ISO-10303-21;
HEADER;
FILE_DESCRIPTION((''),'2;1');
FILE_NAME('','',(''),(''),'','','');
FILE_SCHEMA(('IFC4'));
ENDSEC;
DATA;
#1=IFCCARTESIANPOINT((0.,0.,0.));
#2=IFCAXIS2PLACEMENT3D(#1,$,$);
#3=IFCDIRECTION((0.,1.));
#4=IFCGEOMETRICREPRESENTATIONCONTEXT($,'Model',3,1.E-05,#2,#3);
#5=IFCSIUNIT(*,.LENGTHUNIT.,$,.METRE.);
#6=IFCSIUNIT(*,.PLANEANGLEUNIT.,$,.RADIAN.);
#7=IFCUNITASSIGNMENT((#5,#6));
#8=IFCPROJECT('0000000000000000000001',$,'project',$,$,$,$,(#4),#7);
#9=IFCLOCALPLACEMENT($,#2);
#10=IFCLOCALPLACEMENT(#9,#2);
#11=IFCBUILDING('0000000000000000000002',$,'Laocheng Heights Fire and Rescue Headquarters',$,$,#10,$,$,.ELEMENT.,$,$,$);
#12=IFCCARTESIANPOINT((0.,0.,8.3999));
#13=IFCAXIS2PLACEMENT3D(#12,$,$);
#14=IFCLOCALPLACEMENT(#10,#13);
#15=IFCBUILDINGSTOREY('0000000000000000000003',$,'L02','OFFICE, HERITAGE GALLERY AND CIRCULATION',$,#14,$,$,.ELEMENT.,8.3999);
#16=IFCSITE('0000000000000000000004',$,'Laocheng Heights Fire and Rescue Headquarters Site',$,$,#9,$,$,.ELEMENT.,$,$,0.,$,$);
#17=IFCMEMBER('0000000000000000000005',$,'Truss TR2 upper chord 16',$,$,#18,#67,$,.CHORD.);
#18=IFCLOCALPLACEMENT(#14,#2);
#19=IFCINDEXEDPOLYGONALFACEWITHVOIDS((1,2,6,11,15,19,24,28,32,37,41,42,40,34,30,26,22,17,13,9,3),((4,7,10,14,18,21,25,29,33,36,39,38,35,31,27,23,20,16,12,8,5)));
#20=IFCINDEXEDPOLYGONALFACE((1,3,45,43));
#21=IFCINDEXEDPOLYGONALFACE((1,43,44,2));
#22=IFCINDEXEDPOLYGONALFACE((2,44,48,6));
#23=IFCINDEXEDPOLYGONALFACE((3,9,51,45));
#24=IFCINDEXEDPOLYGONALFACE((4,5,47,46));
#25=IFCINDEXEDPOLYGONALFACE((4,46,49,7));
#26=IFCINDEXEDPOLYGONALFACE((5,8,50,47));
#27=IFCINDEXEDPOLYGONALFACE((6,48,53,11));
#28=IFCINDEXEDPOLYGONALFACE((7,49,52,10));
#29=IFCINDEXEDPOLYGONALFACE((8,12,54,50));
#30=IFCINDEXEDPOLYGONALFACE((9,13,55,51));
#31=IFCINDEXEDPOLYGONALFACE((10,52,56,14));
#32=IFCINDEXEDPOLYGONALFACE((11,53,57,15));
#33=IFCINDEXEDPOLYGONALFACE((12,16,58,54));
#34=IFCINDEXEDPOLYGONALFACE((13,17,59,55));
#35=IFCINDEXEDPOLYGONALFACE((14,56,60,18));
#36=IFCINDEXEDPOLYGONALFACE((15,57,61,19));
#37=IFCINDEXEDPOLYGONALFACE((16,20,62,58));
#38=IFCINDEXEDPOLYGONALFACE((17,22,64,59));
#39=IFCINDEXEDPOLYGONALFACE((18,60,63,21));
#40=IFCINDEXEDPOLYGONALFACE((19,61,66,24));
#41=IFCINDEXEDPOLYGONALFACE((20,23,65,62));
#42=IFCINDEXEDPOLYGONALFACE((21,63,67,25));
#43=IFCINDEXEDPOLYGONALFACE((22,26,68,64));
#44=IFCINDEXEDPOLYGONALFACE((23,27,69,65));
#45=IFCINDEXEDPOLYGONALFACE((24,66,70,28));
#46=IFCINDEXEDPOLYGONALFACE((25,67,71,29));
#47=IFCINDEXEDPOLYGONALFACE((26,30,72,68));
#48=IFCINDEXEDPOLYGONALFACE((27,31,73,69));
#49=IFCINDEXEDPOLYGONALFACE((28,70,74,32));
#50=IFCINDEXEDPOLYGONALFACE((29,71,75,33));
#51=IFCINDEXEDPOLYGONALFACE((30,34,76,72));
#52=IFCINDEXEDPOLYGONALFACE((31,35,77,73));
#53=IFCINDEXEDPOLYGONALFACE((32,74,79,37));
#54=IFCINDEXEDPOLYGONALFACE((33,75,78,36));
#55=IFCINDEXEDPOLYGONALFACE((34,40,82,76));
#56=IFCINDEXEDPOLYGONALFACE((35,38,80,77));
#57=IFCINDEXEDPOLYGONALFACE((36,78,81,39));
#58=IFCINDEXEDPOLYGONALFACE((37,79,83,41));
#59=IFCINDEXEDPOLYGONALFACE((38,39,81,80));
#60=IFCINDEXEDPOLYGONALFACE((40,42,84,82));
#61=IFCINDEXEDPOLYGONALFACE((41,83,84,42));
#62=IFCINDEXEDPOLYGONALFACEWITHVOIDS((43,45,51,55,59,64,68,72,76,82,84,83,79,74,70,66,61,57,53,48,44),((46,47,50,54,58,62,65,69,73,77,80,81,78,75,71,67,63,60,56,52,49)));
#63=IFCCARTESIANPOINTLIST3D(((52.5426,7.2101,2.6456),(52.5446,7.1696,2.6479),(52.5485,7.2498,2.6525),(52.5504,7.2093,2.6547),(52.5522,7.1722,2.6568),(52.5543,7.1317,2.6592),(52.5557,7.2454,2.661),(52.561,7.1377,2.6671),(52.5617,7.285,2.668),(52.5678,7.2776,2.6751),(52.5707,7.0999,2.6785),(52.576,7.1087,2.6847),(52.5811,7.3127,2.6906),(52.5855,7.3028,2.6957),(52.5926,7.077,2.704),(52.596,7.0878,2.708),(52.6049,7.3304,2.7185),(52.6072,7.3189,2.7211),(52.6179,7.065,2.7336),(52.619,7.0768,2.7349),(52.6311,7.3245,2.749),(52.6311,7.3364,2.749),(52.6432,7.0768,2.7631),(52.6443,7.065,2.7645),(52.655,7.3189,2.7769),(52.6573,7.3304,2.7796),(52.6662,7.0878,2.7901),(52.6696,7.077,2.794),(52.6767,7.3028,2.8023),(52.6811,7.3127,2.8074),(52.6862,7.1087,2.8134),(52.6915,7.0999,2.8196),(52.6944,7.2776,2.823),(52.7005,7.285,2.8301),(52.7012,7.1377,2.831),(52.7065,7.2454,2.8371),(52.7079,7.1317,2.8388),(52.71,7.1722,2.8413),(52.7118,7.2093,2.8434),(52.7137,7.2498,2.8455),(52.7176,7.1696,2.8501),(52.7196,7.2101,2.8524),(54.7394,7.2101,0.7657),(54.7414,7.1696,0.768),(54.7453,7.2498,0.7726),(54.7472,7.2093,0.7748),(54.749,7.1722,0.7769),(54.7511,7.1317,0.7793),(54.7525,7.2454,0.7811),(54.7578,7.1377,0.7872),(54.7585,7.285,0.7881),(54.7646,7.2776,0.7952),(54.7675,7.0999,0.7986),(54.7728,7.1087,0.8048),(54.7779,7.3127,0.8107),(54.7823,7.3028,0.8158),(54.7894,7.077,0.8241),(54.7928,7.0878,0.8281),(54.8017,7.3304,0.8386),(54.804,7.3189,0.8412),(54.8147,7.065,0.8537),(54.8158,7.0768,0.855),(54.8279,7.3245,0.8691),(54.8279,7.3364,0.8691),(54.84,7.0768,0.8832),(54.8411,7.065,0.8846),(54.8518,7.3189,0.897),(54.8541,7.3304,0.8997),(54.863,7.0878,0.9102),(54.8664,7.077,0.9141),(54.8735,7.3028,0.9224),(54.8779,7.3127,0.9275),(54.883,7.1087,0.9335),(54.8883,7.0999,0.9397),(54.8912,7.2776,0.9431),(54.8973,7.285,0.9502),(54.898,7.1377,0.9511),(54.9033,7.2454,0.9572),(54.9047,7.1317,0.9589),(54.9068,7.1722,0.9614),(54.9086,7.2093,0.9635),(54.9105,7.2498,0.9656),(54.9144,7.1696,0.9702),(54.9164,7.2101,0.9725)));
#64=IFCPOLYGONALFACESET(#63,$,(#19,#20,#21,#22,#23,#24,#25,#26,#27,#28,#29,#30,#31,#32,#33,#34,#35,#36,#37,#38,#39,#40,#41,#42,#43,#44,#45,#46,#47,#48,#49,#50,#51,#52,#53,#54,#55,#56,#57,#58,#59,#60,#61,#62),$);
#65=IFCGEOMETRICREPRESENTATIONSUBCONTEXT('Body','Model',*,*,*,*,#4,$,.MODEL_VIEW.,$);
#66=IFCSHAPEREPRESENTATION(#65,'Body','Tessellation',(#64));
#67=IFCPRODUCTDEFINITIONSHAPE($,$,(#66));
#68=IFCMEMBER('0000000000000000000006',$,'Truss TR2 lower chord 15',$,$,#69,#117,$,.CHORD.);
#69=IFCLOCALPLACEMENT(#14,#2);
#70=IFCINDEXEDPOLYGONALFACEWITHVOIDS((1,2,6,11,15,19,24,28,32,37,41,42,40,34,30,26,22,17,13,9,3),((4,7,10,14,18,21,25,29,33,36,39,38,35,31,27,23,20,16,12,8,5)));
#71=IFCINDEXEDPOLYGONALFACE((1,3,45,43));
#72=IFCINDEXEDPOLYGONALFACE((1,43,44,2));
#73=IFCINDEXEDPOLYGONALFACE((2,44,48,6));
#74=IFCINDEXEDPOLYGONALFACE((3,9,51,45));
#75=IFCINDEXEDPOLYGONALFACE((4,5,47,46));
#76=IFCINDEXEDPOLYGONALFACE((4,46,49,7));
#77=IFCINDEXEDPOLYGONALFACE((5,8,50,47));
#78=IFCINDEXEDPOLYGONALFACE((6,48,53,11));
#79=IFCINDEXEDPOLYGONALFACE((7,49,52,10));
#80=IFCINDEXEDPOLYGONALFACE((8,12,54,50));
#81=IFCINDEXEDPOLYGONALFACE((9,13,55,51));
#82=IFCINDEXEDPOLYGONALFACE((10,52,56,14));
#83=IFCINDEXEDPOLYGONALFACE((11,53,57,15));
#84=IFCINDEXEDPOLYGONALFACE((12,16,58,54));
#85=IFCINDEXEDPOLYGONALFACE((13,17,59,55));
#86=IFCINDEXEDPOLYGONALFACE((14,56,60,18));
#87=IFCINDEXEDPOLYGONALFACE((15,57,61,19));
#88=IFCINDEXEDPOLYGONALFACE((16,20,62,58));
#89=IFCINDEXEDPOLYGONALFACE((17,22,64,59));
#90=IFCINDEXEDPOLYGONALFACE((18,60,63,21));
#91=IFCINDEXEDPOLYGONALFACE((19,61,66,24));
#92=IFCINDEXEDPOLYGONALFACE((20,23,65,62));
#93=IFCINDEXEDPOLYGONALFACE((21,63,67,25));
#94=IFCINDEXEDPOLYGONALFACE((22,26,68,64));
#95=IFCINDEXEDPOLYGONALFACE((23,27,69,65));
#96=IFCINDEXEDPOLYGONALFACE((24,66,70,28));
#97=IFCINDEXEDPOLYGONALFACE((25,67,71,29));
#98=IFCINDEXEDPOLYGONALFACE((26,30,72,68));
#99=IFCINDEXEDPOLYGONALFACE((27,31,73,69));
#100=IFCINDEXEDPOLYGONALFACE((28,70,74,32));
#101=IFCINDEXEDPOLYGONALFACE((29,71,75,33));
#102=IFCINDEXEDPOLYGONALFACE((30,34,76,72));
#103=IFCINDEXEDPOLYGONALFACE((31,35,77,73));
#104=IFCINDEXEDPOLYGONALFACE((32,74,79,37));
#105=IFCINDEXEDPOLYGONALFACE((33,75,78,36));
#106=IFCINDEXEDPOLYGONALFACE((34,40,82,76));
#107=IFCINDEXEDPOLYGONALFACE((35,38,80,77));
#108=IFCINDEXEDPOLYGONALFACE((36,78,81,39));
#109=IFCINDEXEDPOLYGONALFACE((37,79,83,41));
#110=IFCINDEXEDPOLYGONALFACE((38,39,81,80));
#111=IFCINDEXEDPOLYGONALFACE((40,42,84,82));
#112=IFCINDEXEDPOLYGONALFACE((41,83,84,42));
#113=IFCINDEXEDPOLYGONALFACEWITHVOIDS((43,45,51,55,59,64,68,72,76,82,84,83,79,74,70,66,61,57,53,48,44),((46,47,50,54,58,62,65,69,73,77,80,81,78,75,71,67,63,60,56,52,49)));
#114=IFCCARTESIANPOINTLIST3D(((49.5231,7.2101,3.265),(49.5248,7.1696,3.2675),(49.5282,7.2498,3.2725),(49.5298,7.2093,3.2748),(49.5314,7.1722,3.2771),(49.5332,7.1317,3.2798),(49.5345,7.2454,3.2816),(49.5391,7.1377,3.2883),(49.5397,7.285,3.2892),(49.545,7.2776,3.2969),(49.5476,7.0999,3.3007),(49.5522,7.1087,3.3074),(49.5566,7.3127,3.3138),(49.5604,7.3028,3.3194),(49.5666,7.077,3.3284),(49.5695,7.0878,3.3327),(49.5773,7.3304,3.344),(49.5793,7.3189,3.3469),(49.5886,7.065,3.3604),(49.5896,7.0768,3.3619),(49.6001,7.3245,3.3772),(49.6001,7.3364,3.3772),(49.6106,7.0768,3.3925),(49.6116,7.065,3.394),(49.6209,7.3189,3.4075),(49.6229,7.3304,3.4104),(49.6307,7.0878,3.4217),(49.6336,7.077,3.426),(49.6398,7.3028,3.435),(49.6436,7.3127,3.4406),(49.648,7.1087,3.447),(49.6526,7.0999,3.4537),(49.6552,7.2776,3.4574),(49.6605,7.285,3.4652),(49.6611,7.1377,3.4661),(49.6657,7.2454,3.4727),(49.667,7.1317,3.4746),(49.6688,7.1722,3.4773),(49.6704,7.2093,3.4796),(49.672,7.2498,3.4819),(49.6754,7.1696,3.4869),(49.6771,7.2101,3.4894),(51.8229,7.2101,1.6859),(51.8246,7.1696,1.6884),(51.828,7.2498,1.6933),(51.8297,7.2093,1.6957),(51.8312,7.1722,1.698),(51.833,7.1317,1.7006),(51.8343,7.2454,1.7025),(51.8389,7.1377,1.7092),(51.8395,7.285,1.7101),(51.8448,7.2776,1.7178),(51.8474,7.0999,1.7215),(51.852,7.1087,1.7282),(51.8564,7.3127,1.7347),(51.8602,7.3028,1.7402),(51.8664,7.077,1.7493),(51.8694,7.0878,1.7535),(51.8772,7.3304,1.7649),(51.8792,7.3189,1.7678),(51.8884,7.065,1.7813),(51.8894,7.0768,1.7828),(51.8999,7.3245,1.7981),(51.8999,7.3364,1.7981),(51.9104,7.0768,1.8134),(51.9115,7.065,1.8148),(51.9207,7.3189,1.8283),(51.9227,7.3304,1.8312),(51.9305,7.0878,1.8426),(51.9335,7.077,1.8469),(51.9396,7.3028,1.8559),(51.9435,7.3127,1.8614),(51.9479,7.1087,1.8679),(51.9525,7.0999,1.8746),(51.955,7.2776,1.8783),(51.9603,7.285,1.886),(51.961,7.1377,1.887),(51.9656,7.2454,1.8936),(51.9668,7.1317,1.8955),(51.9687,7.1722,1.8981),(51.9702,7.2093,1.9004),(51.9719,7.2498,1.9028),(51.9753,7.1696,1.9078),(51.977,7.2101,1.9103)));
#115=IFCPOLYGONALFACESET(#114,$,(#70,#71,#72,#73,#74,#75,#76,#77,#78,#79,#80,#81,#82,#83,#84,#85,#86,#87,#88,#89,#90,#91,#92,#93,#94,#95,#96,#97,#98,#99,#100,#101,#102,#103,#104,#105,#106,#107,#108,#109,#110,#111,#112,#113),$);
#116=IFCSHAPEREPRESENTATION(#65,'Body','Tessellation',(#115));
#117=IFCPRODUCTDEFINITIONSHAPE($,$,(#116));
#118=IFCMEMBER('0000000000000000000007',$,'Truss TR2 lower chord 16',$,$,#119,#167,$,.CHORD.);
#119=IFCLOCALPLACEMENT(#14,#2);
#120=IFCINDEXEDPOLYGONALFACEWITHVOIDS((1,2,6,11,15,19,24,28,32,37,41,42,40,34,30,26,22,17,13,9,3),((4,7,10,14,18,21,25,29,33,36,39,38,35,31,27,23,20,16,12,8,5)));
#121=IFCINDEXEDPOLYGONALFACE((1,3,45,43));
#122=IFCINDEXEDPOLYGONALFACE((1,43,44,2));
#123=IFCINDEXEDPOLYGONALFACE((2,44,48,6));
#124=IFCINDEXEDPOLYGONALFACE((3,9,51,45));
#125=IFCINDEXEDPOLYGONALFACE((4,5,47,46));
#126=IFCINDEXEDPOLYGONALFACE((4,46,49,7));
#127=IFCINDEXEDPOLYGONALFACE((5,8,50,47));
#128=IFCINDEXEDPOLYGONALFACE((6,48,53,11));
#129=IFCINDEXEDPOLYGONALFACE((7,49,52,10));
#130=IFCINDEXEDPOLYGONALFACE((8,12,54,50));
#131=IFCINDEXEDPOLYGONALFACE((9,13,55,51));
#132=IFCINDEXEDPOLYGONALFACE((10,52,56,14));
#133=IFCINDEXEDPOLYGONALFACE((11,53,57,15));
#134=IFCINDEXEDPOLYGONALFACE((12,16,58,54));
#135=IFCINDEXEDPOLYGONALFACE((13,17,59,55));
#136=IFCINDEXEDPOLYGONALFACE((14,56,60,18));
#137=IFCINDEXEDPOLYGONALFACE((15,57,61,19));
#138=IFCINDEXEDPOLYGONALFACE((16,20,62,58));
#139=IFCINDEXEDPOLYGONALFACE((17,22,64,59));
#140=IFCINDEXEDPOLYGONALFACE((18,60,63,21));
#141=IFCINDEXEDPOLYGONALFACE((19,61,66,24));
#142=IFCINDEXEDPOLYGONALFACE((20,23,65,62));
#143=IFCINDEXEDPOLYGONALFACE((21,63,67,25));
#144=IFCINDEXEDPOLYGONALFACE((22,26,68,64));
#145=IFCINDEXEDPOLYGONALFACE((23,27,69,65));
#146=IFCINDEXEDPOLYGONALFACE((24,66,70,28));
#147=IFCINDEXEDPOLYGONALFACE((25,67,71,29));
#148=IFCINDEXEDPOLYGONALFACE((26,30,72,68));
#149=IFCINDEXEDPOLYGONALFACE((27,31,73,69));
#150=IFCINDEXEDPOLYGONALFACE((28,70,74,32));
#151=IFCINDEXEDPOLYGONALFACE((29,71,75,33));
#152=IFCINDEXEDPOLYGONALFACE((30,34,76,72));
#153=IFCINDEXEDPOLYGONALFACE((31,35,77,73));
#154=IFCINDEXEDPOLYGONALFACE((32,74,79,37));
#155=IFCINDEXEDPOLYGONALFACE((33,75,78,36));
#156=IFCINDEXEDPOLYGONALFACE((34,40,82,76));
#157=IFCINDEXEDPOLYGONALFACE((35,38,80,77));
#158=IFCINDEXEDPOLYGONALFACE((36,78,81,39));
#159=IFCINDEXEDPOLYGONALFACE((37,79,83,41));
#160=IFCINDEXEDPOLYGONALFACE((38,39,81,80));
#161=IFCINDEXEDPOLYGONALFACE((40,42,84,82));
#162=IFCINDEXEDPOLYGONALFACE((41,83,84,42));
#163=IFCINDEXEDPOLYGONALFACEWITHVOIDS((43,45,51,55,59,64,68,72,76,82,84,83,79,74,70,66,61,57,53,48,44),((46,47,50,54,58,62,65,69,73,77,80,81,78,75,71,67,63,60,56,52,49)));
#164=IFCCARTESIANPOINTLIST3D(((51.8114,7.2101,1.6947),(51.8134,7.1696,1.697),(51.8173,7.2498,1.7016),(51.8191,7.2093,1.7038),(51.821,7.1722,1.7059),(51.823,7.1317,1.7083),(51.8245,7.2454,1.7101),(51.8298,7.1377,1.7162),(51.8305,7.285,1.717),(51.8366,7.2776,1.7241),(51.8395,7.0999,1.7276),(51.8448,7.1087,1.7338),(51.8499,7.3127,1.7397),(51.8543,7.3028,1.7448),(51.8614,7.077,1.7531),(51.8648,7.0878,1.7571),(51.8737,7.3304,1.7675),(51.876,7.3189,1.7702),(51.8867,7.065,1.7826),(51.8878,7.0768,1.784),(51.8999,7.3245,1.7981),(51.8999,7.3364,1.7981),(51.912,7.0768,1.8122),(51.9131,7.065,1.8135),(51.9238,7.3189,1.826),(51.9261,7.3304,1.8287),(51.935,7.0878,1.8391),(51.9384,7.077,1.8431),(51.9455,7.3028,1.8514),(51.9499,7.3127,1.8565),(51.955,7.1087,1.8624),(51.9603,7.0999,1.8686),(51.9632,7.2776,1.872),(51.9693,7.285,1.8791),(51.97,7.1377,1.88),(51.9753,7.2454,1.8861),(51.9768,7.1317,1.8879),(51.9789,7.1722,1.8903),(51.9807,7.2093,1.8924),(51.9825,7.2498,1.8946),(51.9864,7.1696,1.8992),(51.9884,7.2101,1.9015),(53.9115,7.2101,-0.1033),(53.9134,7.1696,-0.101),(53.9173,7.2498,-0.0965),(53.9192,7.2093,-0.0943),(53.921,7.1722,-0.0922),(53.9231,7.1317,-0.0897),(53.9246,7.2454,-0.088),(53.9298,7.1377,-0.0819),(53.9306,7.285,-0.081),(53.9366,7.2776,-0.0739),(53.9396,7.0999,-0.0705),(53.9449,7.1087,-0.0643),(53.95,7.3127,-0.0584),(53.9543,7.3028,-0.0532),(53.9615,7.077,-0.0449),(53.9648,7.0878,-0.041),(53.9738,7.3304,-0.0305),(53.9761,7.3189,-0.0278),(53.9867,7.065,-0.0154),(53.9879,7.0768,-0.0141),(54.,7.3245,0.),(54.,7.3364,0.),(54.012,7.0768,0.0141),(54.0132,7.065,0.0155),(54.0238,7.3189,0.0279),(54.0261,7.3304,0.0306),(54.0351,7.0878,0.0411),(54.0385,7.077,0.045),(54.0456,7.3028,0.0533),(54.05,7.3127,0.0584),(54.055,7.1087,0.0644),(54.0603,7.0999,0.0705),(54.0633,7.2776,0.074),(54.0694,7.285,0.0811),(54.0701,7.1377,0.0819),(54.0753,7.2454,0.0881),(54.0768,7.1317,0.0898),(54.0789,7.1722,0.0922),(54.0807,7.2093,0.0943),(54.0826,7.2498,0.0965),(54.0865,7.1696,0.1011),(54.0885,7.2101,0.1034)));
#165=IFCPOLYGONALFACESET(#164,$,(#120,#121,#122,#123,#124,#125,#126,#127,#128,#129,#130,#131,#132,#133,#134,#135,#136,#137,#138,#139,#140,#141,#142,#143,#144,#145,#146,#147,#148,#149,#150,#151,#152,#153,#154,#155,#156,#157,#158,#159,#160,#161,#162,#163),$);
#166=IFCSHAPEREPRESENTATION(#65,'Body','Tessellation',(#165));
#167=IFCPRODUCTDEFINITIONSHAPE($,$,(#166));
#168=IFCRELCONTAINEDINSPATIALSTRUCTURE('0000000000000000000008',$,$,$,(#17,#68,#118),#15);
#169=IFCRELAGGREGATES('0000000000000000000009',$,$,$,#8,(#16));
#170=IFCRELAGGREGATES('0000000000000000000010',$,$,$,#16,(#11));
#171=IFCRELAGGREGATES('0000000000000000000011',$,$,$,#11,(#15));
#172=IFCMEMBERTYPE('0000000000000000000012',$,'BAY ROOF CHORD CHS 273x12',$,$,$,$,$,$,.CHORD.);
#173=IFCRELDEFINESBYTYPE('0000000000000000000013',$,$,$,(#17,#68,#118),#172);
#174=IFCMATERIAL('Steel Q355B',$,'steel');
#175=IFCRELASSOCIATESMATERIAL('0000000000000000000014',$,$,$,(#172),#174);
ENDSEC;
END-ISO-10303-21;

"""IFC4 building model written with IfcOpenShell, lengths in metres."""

from ifc_helpers import new_model, si_unit, direction, frame, origin, origin_2d, place, context, subcontext, project, spatial, hollow_circle, extrude, material, material_profile, profile_set, type_object, element, save


model = new_model("IFC4")

# Units and contexts
model_context = context("Model", 3, precision=1e-05, world=origin(), true_north=direction((0.0, 1.0)))
body_context = subcontext(model_context, "Body", "Model", "MODEL_VIEW")
ifc_project = project(units=[si_unit("LENGTHUNIT", "METRE"), si_unit("PLANEANGLEUNIT", "RADIAN")], contexts=[model_context])

# Site, building, storey
site_placement = place(None, origin())
site = spatial("IfcSite", under=ifc_project, at=site_placement, Name="Laocheng Heights Fire and Rescue Headquarters Site", CompositionType="ELEMENT", RefElevation=0.0)
building_placement = place(site_placement, origin())
building = spatial("IfcBuilding", under=site, at=building_placement, Name="Laocheng Heights Fire and Rescue Headquarters", CompositionType="ELEMENT")
storey_placement = place(building_placement, frame((0.0, 0.0, 8.3999)))
storey = spatial("IfcBuildingStorey", under=building, at=storey_placement, Name="L02", Description="OFFICE, HERITAGE GALLERY AND CIRCULATION", CompositionType="ELEMENT", Elevation=8.3999)

# Members
ifc_material_1 = material(Name="Steel Q355B", Category="steel")
ifc_material_profile_1 = material_profile(ifc_material_1, hollow_circle(Radius=0.1365, WallThickness=0.012, at=origin_2d()), Name="CHS 273x12")
ifc_profile_set_1 = profile_set([ifc_material_profile_1], Name="Steel Q355B")
member_type_1 = type_object("IfcMemberType", Name="BAY ROOF CHORD CHS 273x12", PredefinedType="CHORD", material=ifc_profile_set_1)
member_1_placement = place(storey_placement, frame((52.6311, 7.2, 2.749), z_axis=(0.759781, 0.0, -0.650179), x_axis=(0.0, 1.0, 0.0)))
element("IfcMember", 1, at=member_1_placement, inside=storey, type_object=member_type_1, Name="Truss TR2 upper chord 16", PredefinedType="CHORD", context=body_context, shape_type="SweptSolid", body=[
    extrude(hollow_circle(Radius=0.1365, WallThickness=0.012, at=origin_2d()), origin(), (0.0, 0.0, 1.0), 2.8914),
])
member_2_placement = place(storey_placement, frame((49.6001, 7.2, 3.3772), z_axis=(0.824379, 0.0, -0.566038), x_axis=(0.0, 1.0, 0.0)))
element("IfcMember", 2, at=member_2_placement, inside=storey, type_object=member_type_1, Name="Truss TR2 lower chord 15", PredefinedType="CHORD", context=body_context, shape_type="SweptSolid", body=[
    extrude(hollow_circle(Radius=0.1365, WallThickness=0.012, at=origin_2d()), origin(), (0.0, 0.0, 1.0), 2.7898),
])
member_3_placement = place(storey_placement, frame((51.8999, 7.2, 1.7981), z_axis=(0.759612, 0.0, -0.650377), x_axis=(0.0, 1.0, 0.0)))
element("IfcMember", 3, at=member_3_placement, inside=storey, type_object=member_type_1, Name="Truss TR2 lower chord 16", PredefinedType="CHORD", context=body_context, shape_type="SweptSolid", body=[
    extrude(hollow_circle(Radius=0.1365, WallThickness=0.012, at=origin_2d()), origin(), (0.0, 0.0, 1.0), 2.7646),
])

save(model, "model.ifc")
